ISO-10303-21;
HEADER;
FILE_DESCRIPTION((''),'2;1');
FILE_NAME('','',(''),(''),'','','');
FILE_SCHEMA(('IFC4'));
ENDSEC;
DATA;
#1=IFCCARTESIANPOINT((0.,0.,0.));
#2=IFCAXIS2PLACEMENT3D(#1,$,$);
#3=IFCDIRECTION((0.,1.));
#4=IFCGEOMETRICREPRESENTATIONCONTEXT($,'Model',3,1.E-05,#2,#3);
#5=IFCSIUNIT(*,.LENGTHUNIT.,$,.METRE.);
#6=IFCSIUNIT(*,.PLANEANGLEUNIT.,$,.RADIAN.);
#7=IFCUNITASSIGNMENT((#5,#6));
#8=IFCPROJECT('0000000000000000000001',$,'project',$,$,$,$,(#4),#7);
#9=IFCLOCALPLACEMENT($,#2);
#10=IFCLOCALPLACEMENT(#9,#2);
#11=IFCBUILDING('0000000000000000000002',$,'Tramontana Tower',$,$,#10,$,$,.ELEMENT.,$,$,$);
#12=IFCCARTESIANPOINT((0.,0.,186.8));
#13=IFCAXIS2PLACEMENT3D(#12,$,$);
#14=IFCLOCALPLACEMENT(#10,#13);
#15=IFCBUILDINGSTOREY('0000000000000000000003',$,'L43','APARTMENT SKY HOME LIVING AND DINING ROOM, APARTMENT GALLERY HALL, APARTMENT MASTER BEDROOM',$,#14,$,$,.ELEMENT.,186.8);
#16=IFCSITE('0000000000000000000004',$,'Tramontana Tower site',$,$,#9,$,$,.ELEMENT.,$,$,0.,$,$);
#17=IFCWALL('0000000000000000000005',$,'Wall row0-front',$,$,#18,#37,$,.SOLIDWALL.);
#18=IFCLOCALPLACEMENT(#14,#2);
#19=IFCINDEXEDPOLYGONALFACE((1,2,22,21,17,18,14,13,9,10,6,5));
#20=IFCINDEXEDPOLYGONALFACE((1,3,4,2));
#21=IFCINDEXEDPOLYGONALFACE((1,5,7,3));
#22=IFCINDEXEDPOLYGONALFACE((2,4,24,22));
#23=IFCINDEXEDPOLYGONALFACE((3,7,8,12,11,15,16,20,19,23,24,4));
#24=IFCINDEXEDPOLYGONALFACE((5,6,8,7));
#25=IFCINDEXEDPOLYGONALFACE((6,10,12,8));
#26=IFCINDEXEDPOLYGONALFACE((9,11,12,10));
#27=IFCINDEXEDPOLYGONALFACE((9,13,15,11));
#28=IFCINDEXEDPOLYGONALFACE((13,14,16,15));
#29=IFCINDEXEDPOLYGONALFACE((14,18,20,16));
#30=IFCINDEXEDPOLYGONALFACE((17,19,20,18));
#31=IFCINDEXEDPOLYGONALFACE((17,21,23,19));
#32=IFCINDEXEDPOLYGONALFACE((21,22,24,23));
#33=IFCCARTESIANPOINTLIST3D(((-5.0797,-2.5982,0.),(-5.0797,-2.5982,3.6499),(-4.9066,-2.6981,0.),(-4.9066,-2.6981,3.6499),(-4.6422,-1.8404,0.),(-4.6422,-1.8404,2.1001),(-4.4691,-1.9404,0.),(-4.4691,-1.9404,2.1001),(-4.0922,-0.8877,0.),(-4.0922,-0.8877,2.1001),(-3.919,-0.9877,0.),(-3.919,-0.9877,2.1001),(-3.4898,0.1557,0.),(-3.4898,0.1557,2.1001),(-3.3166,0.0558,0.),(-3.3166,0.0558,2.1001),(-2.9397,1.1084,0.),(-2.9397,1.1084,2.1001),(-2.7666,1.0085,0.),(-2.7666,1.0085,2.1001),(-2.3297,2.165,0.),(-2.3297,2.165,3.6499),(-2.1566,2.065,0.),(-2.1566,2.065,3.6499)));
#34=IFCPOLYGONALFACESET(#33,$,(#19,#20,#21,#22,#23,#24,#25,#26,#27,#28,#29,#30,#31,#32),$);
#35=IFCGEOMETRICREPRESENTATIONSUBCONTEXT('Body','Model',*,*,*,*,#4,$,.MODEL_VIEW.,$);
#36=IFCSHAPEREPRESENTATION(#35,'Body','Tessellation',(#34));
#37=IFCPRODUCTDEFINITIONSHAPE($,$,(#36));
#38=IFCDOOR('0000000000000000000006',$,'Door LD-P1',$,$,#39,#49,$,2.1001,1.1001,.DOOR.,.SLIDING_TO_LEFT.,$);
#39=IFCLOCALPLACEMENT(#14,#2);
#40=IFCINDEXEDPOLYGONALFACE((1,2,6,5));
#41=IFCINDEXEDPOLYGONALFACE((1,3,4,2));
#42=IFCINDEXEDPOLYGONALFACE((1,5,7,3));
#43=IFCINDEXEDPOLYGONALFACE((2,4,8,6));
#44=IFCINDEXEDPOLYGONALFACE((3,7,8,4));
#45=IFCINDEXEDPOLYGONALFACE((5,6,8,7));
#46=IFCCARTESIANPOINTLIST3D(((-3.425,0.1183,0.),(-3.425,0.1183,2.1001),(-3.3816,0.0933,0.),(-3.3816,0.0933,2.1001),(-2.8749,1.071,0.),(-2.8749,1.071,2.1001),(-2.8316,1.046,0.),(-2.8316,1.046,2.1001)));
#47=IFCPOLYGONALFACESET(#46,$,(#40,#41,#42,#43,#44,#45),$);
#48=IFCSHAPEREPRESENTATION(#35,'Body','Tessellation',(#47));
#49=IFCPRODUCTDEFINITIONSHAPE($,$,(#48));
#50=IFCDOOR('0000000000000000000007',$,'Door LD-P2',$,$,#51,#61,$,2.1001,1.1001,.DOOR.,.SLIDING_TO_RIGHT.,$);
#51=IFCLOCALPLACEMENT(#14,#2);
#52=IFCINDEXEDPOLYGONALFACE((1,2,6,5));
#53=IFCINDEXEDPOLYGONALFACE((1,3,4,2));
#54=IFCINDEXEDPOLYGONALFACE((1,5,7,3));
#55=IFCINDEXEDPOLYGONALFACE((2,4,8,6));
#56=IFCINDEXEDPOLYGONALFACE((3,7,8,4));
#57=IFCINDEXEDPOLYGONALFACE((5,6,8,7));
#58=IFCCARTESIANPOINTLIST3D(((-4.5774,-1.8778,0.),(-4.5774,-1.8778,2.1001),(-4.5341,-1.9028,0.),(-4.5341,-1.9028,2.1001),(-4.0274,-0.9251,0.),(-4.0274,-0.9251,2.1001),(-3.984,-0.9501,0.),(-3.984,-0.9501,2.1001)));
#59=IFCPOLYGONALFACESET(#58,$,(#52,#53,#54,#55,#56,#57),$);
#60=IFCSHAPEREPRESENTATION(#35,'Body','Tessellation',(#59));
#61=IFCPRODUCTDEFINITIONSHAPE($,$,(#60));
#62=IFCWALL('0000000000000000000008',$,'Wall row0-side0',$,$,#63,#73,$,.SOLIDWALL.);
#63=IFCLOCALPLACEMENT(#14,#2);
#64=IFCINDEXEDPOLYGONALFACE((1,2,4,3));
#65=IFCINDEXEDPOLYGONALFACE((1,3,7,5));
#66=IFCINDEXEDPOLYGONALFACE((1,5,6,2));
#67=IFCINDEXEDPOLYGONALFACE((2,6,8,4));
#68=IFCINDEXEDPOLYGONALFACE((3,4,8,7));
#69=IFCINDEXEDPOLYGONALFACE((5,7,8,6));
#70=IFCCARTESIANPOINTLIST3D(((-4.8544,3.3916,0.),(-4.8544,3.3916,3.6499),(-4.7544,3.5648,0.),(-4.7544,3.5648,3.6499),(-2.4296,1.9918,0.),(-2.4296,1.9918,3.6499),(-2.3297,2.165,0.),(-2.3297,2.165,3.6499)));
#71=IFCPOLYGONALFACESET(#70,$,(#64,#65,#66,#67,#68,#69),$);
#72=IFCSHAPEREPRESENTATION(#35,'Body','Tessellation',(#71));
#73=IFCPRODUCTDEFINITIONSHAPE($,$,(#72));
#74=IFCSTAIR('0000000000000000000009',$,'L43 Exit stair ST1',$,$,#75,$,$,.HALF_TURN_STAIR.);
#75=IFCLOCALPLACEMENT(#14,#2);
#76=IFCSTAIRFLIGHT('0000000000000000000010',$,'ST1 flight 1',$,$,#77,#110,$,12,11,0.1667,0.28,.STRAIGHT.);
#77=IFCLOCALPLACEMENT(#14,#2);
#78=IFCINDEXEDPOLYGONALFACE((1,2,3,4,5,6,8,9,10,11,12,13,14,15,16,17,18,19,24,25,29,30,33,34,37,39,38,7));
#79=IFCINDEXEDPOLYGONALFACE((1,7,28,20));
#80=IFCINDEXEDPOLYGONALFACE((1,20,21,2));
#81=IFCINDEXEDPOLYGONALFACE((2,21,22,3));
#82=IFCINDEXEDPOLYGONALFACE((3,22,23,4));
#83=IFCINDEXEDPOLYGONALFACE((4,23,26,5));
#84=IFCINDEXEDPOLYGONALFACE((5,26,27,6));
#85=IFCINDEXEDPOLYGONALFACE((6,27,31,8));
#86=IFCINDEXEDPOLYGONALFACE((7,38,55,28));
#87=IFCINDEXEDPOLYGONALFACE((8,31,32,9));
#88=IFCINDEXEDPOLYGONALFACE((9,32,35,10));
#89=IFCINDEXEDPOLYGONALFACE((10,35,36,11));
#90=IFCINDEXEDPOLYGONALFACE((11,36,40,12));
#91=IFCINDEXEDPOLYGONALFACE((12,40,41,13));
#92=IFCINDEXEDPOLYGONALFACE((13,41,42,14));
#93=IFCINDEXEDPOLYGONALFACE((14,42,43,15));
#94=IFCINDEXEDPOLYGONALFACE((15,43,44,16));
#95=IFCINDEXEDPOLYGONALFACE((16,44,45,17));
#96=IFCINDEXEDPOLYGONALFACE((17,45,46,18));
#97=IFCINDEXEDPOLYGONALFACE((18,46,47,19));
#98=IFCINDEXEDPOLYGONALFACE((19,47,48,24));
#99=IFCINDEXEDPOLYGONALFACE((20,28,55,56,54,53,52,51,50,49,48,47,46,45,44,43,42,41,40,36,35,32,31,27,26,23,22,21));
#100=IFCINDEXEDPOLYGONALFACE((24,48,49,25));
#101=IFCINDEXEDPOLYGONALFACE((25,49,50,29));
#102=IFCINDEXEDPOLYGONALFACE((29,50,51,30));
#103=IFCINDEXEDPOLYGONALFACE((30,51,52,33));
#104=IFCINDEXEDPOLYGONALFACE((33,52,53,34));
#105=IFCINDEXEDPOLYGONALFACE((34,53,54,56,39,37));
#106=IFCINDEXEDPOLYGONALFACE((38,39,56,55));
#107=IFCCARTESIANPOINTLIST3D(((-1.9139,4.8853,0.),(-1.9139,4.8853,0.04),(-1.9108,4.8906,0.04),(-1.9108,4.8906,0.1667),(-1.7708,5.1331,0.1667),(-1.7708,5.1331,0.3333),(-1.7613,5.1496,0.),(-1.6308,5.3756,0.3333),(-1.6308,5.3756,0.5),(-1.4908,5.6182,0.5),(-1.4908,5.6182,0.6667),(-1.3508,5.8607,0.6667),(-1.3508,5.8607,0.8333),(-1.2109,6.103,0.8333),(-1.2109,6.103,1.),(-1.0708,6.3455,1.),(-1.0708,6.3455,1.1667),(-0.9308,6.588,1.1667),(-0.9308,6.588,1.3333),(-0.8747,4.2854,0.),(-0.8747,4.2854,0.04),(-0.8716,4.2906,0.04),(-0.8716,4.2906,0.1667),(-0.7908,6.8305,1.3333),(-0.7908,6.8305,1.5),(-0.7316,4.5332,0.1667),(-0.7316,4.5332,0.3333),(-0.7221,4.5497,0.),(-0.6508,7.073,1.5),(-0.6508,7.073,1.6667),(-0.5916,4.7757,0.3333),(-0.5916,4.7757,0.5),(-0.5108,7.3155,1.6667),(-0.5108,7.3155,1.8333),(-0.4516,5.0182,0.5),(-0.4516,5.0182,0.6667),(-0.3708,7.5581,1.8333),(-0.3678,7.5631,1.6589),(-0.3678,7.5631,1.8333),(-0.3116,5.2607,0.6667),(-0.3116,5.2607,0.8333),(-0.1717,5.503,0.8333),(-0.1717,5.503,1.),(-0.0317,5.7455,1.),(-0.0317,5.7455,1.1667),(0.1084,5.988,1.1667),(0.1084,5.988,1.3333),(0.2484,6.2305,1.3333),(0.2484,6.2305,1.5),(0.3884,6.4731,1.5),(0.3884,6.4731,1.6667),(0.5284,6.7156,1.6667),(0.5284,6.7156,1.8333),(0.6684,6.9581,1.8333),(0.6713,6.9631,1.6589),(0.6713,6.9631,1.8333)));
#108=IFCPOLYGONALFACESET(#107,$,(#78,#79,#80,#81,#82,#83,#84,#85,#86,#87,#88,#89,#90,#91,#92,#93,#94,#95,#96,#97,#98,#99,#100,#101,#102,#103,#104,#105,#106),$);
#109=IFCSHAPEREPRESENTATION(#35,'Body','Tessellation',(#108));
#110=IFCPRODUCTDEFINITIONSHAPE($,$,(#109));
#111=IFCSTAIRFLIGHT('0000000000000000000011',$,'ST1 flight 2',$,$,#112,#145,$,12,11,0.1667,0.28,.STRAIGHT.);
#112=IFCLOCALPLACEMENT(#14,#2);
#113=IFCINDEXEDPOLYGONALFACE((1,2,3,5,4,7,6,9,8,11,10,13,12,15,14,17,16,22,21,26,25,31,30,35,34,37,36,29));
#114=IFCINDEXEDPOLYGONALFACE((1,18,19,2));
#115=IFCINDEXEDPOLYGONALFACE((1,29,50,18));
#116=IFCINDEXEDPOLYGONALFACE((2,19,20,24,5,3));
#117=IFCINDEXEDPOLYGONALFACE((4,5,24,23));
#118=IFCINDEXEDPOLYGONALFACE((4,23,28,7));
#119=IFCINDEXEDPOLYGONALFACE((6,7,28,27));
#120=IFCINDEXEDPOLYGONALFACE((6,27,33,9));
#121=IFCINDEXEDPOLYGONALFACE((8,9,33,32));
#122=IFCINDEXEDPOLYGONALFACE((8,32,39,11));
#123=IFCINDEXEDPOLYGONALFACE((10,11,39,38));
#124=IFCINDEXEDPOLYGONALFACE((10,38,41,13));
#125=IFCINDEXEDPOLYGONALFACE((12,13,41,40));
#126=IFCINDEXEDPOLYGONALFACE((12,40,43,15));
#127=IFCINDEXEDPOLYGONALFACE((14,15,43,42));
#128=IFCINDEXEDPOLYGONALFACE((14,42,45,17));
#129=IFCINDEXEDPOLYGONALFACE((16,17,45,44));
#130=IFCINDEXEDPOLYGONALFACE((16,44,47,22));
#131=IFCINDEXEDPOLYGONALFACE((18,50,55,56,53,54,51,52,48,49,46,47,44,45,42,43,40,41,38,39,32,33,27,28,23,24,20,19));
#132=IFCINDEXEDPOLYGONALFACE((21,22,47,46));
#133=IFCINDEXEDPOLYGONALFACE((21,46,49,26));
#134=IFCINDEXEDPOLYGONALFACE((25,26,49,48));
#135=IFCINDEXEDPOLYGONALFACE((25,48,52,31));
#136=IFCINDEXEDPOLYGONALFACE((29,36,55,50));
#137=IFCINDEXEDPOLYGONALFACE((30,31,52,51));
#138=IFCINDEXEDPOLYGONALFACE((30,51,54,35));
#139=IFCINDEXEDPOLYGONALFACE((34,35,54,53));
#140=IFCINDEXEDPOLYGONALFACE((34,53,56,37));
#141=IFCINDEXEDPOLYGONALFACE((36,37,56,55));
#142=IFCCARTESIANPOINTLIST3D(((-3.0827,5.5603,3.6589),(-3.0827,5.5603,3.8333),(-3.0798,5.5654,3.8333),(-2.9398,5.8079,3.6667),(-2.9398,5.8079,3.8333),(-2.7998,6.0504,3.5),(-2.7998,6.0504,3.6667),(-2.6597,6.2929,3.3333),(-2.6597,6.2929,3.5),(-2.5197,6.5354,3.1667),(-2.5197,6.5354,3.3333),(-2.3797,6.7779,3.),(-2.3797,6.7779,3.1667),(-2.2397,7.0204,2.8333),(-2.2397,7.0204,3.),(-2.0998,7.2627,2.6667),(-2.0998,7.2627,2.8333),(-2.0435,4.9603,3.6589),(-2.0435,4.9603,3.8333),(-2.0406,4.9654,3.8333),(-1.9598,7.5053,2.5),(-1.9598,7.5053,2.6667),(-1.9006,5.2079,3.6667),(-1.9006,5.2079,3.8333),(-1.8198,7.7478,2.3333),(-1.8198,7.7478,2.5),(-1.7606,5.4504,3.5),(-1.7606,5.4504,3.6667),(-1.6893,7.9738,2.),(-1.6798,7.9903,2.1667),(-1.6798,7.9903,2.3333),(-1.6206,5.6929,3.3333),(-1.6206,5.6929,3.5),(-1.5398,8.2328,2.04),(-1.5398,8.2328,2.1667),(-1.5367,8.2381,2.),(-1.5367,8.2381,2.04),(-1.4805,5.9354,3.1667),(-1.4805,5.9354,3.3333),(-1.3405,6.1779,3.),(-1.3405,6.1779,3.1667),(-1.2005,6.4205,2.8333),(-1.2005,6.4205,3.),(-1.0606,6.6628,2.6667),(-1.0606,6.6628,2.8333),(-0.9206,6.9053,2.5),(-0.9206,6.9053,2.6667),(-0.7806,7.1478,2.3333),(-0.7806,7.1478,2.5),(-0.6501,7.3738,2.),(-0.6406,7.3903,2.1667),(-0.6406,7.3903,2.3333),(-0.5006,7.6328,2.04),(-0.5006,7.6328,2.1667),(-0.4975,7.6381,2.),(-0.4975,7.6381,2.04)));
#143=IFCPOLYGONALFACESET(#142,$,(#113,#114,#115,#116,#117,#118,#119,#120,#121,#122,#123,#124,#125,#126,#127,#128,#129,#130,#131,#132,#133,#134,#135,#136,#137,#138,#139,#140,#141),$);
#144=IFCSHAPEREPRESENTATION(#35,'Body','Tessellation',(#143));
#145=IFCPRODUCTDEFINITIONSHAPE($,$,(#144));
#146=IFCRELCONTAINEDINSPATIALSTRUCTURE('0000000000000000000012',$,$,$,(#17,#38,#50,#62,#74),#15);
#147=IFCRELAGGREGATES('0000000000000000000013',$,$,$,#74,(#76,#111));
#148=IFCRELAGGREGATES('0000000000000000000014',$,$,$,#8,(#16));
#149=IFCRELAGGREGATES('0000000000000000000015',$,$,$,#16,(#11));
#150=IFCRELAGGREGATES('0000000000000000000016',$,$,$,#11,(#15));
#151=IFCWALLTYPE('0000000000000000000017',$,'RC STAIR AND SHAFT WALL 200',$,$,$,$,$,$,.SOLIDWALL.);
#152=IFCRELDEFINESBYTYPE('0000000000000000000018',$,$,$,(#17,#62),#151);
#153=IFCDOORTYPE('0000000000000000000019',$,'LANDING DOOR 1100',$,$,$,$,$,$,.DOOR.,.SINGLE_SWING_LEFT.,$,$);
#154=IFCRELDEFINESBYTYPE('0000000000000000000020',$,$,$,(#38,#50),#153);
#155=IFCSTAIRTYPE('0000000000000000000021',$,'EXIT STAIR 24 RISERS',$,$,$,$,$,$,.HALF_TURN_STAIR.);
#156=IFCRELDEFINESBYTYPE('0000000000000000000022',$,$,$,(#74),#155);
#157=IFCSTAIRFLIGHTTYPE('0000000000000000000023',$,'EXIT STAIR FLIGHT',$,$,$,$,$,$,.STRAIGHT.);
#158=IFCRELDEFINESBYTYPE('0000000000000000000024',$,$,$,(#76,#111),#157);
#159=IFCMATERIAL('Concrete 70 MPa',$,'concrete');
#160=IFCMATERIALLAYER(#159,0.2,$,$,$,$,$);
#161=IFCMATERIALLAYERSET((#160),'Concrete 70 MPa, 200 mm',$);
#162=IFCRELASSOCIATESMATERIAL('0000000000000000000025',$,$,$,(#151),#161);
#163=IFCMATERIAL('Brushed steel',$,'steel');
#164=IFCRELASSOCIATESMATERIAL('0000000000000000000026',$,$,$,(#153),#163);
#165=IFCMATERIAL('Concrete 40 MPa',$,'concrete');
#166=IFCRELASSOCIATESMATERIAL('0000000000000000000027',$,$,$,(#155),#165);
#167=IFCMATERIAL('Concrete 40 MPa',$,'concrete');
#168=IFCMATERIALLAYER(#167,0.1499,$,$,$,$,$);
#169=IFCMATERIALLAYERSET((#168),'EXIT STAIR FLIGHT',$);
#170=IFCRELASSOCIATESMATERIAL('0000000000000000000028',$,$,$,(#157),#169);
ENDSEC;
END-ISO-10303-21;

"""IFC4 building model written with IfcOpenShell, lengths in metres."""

from ifc_helpers import new_model, si_unit, direction, frame, frame_2d, origin, place, context, subcontext, project, spatial, polyline, rectangle, outline, extrude, material, layer, layer_set, type_object, element, fill, aggregate, save


model = new_model("IFC4")

# Units and contexts
model_context = context("Model", 3, precision=1e-05, world=origin(), true_north=direction((0.0, 1.0)))
body_context = subcontext(model_context, "Body", "Model", "MODEL_VIEW")
ifc_project = project(units=[si_unit("LENGTHUNIT", "METRE"), si_unit("PLANEANGLEUNIT", "RADIAN")], contexts=[model_context])

# Site, building, storey
site_placement = place(None, origin())
site = spatial("IfcSite", under=ifc_project, at=site_placement, Name="Tramontana Tower site", CompositionType="ELEMENT", RefElevation=0.0)
building_placement = place(site_placement, origin())
building = spatial("IfcBuilding", under=site, at=building_placement, Name="Tramontana Tower", CompositionType="ELEMENT")
storey_placement = place(building_placement, frame((0.0, 0.0, 186.8)))
storey = spatial("IfcBuildingStorey", under=building, at=storey_placement, Name="L43", Description="APARTMENT SKY HOME LIVING AND DINING ROOM, APARTMENT GALLERY HALL, APARTMENT MASTER BEDROOM", CompositionType="ELEMENT", Elevation=186.8)

# Shared definitions
ifc_material_1 = material(Name="Concrete 70 MPa", Category="concrete")
ifc_layer_1 = layer(ifc_material_1, 0.2)
ifc_layer_set_1 = layer_set([ifc_layer_1], Name="Concrete 70 MPa, 200 mm")
wall_type_1 = type_object("IfcWallType", Name="RC STAIR AND SHAFT WALL 200", PredefinedType="SOLIDWALL", material=ifc_layer_set_1)

# Wall, openings, doors
wall_1_placement = place(storey_placement, frame((-2.2432, 2.115, 0.0), z_axis=(0.0, 0.0, 1.0), x_axis=(-0.499997, -0.866027, 0.0)))
wall_1 = element("IfcWall", 1, at=wall_1_placement, inside=storey, type_object=wall_type_1, Name="Wall row0-front", PredefinedType="SOLIDWALL", context=body_context, shape_type="SweptSolid", body=[
    extrude(rectangle(XDim=5.5, YDim=0.2, at=frame_2d((2.75, 0.0))), origin(), (0.0, 0.0, 1.0), 3.6499),
])
opening_1_placement = place(wall_1_placement, frame((1.22, 0.0, 0.0)))
opening_1 = element("IfcOpeningElement", 2, at=opening_1_placement, cuts=wall_1, PredefinedType="OPENING", context=body_context, shape_type="SweptSolid", body=[
    extrude(rectangle(XDim=1.1001, YDim=2.1001, at=frame_2d((0.55, 1.05))), frame((0.0, 0.1099, 0.0), z_axis=(0.0, -1.0, 0.0), x_axis=(1.0, 0.0, 0.0)), (0.0, 0.0, 1.0), 0.22),
])
opening_2_placement = place(wall_1_placement, frame((3.5249, 0.0, 0.0)))
opening_2 = element("IfcOpeningElement", 3, at=opening_2_placement, cuts=wall_1, PredefinedType="OPENING", context=body_context, shape_type="SweptSolid", body=[
    extrude(rectangle(XDim=1.1001, YDim=2.1001, at=frame_2d((0.55, 1.05))), frame((0.0, 0.1099, 0.0), z_axis=(0.0, -1.0, 0.0), x_axis=(1.0, 0.0, 0.0)), (0.0, 0.0, 1.0), 0.22),
])
ifc_material_2 = material(Name="Brushed steel", Category="steel")
door_type_1 = type_object("IfcDoorType", Name="LANDING DOOR 1100", OperationType="SINGLE_SWING_LEFT", PredefinedType="DOOR", material=ifc_material_2)
door_1_placement = place(opening_1_placement, origin())
door_1 = element("IfcDoor", 4, at=door_1_placement, inside=storey, type_object=door_type_1, Name="Door LD-P1", OperationType="SLIDING_TO_LEFT", OverallHeight=2.1001, OverallWidth=1.1001, PredefinedType="DOOR", context=body_context, shape_type="SweptSolid", body=[
    extrude(rectangle(XDim=1.1001, YDim=2.1001, at=frame_2d((0.55, 1.05))), frame((0.0, 0.0249, 0.0), z_axis=(0.0, -1.0, 0.0), x_axis=(1.0, 0.0, 0.0)), (0.0, 0.0, 1.0), 0.05),
])
fill(opening_1, door_1)
door_2_placement = place(opening_2_placement, origin())
door_2 = element("IfcDoor", 5, at=door_2_placement, inside=storey, type_object=door_type_1, Name="Door LD-P2", OperationType="SLIDING_TO_RIGHT", OverallHeight=2.1001, OverallWidth=1.1001, PredefinedType="DOOR", context=body_context, shape_type="SweptSolid", body=[
    extrude(rectangle(XDim=1.1001, YDim=2.1001, at=frame_2d((0.55, 1.05))), frame((0.0, 0.0249, 0.0), z_axis=(0.0, -1.0, 0.0), x_axis=(1.0, 0.0, 0.0)), (0.0, 0.0, 1.0), 0.05),
])
fill(opening_2, door_2)

# Wall
wall_2_placement = place(storey_placement, frame((-2.3796, 2.0784, 0.0), z_axis=(0.0, 0.0, 1.0), x_axis=(-0.866035, 0.499984, 0.0)))
element("IfcWall", 6, at=wall_2_placement, inside=storey, type_object=wall_type_1, Name="Wall row0-side0", PredefinedType="SOLIDWALL", context=body_context, shape_type="SweptSolid", body=[
    extrude(rectangle(XDim=2.7998, YDim=0.2, at=frame_2d((1.3999, 0.0))), origin(), (0.0, 0.0, 1.0), 3.6499),
])

# Stair, stair flights
ifc_material_3 = material(Name="Concrete 40 MPa", Category="concrete")
stair_type = type_object("IfcStairType", Name="EXIT STAIR 24 RISERS", PredefinedType="HALF_TURN_STAIR", material=ifc_material_3)
stair_placement = place(storey_placement, origin())
stair = element("IfcStair", 7, at=stair_placement, inside=storey, type_object=stair_type, Name="L43 Exit stair ST1", PredefinedType="HALF_TURN_STAIR")
ifc_material_4 = material(Name="Concrete 40 MPa", Category="concrete")
ifc_layer_2 = layer(ifc_material_4, 0.1499)
ifc_layer_set_2 = layer_set([ifc_layer_2], Name="EXIT STAIR FLIGHT")
stair_flight_type = type_object("IfcStairFlightType", Name="EXIT STAIR FLIGHT", PredefinedType="STRAIGHT", material=ifc_layer_set_2)
stair_flight_1_placement = place(storey_placement, frame((-1.3911, 4.5906, 0.0), z_axis=(0.0, 0.0, 1.0), x_axis=(0.5, 0.866025, 0.0)))
stair_flight_1 = element("IfcStairFlight", 8, at=stair_flight_1_placement, type_object=stair_flight_type, Name="ST1 flight 1", NumberOfRisers=12, NumberOfTreads=11, PredefinedType="STRAIGHT", RiserHeight=0.1667, TreadLength=0.28, context=body_context, shape_type="SweptSolid", body=[
    extrude(outline(polyline([(-0.0061, 0.0), (-0.0061, 0.04), (0.0, 0.04), (0.0, 0.1667), (0.28, 0.1667), (0.28, 0.3333), (0.5601, 0.3333), (0.5601, 0.5), (0.8401, 0.5), (0.8401, 0.6667), (1.1201, 0.6667), (1.1201, 0.8333), (1.3999, 0.8333), (1.3999, 1.0), (1.6799, 1.0), (1.6799, 1.1667), (1.96, 1.1667), (1.96, 1.3333), (2.24, 1.3333), (2.24, 1.5), (2.52, 1.5), (2.52, 1.6667), (2.8, 1.6667), (2.8, 1.8333), (3.0801, 1.8333), (3.0859, 1.8333), (3.0859, 1.6589), (0.2991, 0.0), (-0.0061, 0.0)])), frame((0.0, 0.6001, 0.0), z_axis=(0.0, -1.0, 0.0), x_axis=(1.0, 0.0, 0.0)), (0.0, 0.0, 1.0), 1.2),
])
stair_flight_2_placement = place(storey_placement, frame((-1.0203, 7.9329, 2.0), z_axis=(0.0, 0.0, 1.0), x_axis=(-0.5, -0.866025, 0.0)))
stair_flight_2 = element("IfcStairFlight", 9, at=stair_flight_2_placement, type_object=stair_flight_type, Name="ST1 flight 2", NumberOfRisers=12, NumberOfTreads=11, PredefinedType="STRAIGHT", RiserHeight=0.1667, TreadLength=0.28, context=body_context, shape_type="SweptSolid", body=[
    extrude(outline(polyline([(-0.0061, 0.0), (-0.0061, 0.04), (0.0, 0.04), (0.0, 0.1667), (0.28, 0.1667), (0.28, 0.3333), (0.5601, 0.3333), (0.5601, 0.5), (0.8401, 0.5), (0.8401, 0.6667), (1.1201, 0.6667), (1.1201, 0.8333), (1.3999, 0.8333), (1.3999, 1.0), (1.6799, 1.0), (1.6799, 1.1667), (1.96, 1.1667), (1.96, 1.3333), (2.24, 1.3333), (2.24, 1.5), (2.52, 1.5), (2.52, 1.6667), (2.8, 1.6667), (2.8, 1.8333), (3.0801, 1.8333), (3.0859, 1.8333), (3.0859, 1.6589), (0.2991, 0.0), (-0.0061, 0.0)])), frame((0.0, 0.6001, 0.0), z_axis=(0.0, -1.0, 0.0), x_axis=(1.0, 0.0, 0.0)), (0.0, 0.0, 1.0), 1.2),
])
aggregate(stair, [stair_flight_1, stair_flight_2])

save(model, "model.ifc")
